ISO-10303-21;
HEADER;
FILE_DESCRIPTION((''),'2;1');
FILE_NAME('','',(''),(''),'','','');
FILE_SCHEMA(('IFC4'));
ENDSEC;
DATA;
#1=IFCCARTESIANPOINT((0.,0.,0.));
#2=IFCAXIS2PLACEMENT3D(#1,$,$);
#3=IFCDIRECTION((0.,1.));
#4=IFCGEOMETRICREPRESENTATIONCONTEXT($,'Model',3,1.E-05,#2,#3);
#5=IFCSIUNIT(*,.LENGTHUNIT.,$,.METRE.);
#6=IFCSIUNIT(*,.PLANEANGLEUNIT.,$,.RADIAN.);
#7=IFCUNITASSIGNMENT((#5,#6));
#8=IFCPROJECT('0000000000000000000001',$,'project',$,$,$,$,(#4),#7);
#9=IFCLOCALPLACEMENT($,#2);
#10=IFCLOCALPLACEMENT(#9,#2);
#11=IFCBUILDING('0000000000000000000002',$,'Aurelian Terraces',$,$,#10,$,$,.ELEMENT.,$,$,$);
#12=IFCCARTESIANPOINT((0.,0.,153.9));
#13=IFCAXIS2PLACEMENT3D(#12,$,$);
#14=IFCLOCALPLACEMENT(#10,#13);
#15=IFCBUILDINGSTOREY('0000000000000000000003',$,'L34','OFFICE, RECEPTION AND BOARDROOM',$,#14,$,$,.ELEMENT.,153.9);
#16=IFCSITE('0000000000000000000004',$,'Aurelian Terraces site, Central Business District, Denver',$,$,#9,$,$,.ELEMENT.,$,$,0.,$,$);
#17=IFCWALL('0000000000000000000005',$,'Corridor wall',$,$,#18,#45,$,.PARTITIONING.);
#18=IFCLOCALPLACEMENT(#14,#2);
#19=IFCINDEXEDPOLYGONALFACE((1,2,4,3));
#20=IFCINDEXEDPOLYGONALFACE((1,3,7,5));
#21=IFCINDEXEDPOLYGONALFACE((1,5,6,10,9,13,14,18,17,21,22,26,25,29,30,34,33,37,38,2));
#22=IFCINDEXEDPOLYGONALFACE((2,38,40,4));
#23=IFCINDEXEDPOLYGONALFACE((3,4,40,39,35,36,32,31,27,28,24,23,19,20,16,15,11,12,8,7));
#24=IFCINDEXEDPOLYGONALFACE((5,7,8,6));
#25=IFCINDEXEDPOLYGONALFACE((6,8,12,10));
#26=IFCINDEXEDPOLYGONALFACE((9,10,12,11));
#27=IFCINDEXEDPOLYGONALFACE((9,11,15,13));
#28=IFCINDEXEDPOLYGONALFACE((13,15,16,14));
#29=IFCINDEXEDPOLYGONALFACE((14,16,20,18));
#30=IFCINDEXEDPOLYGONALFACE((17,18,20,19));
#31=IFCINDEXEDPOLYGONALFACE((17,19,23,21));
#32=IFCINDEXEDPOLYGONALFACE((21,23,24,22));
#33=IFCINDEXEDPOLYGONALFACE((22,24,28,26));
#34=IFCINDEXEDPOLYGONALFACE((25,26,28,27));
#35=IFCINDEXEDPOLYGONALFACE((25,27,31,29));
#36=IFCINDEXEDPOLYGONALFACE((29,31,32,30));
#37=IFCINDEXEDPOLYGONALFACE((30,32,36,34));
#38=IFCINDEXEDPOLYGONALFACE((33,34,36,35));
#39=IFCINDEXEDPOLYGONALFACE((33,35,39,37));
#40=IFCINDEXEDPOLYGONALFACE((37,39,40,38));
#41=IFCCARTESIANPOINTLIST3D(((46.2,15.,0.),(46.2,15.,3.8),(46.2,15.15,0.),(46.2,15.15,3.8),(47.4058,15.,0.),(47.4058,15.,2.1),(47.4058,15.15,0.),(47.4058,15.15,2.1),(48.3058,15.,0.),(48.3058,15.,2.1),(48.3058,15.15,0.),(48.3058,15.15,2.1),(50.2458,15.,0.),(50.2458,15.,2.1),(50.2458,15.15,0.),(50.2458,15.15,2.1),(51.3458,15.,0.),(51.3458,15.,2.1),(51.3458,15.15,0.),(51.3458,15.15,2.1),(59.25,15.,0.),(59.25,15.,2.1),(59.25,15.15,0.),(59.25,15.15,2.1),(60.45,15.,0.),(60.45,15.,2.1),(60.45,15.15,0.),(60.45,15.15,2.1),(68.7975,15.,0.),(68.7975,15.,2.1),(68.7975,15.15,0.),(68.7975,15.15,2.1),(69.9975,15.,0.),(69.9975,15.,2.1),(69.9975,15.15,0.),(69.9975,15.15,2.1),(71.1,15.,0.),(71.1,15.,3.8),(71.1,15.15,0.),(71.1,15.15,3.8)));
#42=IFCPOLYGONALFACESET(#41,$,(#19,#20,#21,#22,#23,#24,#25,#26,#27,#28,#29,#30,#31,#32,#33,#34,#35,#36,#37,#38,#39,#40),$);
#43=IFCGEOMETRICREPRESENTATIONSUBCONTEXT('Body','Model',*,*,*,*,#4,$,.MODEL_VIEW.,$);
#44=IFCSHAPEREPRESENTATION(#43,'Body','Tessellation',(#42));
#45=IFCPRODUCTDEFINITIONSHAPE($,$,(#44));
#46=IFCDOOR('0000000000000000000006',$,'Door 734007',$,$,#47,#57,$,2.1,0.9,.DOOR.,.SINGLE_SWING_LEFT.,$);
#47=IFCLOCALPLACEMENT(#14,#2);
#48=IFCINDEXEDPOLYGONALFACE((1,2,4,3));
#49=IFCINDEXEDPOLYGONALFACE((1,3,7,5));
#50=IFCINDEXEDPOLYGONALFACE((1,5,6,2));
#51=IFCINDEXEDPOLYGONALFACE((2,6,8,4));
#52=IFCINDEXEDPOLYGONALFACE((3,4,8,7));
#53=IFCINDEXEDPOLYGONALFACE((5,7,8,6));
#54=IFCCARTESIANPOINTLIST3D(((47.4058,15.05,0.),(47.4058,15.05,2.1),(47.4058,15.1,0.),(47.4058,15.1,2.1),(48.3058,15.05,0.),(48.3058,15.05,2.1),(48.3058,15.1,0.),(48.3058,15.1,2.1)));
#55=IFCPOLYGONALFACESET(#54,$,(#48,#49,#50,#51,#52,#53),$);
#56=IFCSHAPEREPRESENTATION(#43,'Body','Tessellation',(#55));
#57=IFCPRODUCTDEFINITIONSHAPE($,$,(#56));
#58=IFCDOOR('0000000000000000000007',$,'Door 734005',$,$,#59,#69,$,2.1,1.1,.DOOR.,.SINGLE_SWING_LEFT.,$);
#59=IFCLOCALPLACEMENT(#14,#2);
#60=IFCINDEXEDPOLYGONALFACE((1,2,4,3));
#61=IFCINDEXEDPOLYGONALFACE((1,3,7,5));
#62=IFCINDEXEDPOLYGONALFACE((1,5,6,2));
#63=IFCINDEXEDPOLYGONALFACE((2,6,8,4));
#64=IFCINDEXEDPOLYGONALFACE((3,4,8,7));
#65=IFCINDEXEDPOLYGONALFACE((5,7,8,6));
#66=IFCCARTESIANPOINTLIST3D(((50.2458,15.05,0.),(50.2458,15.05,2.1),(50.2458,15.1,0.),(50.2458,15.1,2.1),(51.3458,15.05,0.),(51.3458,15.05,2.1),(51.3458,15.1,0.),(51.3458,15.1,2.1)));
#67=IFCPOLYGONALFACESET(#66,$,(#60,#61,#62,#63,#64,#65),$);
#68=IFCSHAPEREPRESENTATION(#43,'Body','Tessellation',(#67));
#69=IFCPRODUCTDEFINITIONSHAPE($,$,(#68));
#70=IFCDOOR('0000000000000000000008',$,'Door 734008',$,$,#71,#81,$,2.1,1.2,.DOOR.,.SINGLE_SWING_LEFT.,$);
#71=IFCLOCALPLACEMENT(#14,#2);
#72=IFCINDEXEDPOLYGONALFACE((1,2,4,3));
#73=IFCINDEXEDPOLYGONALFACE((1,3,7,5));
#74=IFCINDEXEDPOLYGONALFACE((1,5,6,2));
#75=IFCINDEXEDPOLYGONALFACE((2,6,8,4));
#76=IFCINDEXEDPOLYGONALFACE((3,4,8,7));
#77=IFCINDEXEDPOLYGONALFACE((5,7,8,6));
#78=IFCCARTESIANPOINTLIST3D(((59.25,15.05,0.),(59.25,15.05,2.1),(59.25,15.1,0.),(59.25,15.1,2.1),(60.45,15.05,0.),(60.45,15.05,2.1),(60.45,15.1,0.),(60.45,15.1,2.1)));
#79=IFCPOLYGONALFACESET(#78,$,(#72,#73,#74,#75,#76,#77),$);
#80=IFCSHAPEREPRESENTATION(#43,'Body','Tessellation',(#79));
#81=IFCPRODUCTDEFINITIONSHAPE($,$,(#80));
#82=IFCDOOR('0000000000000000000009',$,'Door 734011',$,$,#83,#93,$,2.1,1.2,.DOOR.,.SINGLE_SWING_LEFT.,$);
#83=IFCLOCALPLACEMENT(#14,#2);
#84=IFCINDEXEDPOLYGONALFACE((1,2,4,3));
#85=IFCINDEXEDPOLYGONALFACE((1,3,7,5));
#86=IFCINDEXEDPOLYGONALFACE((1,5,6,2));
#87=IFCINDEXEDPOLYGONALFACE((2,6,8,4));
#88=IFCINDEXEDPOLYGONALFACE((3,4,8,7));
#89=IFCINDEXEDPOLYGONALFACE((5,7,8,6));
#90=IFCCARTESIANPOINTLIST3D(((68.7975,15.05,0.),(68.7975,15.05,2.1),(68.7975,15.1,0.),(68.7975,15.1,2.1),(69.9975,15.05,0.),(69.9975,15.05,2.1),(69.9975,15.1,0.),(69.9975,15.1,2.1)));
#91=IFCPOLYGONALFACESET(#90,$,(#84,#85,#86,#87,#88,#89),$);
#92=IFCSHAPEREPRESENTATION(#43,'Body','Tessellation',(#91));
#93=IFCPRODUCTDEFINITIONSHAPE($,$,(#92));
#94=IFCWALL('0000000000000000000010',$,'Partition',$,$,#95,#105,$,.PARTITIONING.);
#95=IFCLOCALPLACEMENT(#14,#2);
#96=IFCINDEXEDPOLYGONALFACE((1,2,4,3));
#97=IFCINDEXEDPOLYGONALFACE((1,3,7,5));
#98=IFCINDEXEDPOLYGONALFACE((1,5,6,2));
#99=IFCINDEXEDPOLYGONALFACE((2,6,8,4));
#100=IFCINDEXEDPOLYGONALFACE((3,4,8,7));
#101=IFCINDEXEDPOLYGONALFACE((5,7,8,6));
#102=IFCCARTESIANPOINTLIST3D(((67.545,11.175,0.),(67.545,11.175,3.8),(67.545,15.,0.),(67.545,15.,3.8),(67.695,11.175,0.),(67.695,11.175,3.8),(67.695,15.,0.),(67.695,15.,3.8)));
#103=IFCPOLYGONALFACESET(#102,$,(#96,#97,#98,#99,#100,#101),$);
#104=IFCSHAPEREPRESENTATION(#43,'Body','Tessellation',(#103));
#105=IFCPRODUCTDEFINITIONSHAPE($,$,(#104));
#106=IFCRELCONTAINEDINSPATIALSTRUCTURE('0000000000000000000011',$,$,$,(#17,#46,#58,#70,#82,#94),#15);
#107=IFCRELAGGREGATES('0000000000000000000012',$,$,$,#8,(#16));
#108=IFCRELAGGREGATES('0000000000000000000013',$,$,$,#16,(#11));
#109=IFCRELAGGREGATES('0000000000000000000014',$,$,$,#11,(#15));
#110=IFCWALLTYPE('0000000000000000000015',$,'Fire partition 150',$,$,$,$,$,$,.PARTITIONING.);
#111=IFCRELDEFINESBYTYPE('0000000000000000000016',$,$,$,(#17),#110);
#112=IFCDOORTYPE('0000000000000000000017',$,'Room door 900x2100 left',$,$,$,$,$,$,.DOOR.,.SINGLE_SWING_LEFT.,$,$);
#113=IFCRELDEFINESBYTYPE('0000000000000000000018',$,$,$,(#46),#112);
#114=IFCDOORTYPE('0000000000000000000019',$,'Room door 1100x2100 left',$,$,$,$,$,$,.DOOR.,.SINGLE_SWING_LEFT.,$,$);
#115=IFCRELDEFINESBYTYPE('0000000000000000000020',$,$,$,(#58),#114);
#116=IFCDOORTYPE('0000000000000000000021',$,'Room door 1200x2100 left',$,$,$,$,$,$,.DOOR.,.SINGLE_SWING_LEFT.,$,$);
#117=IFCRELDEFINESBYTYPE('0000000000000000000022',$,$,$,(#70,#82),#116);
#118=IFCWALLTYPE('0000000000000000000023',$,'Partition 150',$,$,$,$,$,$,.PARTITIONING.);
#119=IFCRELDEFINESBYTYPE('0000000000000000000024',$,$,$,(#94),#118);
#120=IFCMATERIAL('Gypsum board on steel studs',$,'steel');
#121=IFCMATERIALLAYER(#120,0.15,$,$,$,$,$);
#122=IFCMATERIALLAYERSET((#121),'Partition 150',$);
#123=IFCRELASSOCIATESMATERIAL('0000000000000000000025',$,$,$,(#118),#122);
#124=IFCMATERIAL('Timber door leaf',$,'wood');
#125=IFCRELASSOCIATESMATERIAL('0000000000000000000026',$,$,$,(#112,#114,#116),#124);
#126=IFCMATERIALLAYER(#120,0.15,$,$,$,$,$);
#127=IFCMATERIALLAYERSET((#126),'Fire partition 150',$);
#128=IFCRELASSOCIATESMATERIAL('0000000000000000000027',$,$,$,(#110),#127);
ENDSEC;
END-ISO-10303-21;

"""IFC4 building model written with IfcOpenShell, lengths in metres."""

from ifc_helpers import new_model, si_unit, direction, frame, frame_2d, origin, place, context, subcontext, project, spatial, rectangle, extrude, source, transform, mapped, material, layer, layer_set, type_object, element, fill, save


model = new_model("IFC4")

# Units and contexts
model_context = context("Model", 3, precision=1e-05, world=origin(), true_north=direction((0.0, 1.0)))
body_context = subcontext(model_context, "Body", "Model", "MODEL_VIEW")
ifc_project = project(units=[si_unit("LENGTHUNIT", "METRE"), si_unit("PLANEANGLEUNIT", "RADIAN")], contexts=[model_context])

# Site, building, storey
site_placement = place(None, origin())
site = spatial("IfcSite", under=ifc_project, at=site_placement, Name="Aurelian Terraces site, Central Business District, Denver", CompositionType="ELEMENT", RefElevation=0.0)
building_placement = place(site_placement, origin())
building = spatial("IfcBuilding", under=site, at=building_placement, Name="Aurelian Terraces", CompositionType="ELEMENT")
storey_placement = place(building_placement, frame((0.0, 0.0, 153.9)))
storey = spatial("IfcBuildingStorey", under=building, at=storey_placement, Name="L34", Description="OFFICE, RECEPTION AND BOARDROOM", CompositionType="ELEMENT", Elevation=153.9)

# Shared definitions
ifc_material_1 = material(Name="Gypsum board on steel studs", Category="steel")
ifc_layer_1 = layer(ifc_material_1, 0.15)
ifc_layer_set_1 = layer_set([ifc_layer_1], Name="Partition 150")
wall_type_1 = type_object("IfcWallType", Name="Partition 150", PredefinedType="PARTITIONING", material=ifc_layer_set_1)

# Wall, openings, doors
shared_shape_1 = source(origin(), body_context, "Body", "SweptSolid", [
    extrude(rectangle(XDim=24.9, YDim=0.15, at=frame_2d((12.45, 0.0))), origin(), (0.0, 0.0, 1.0), 3.8),
])
shared_shape_2 = source(origin(), body_context, "Body", "SweptSolid", [
    extrude(rectangle(XDim=1.1, YDim=2.1, at=frame_2d((0.55, 1.05))), frame((0.0, 0.085, 0.0), z_axis=(0.0, -1.0, 0.0), x_axis=(1.0, 0.0, 0.0)), (0.0, 0.0, 1.0), 0.17),
])
shared_shape_3 = source(origin(), body_context, "Body", "SweptSolid", [
    extrude(rectangle(XDim=0.9, YDim=2.1, at=frame_2d((0.45, 1.05))), frame((0.0, 0.085, 0.0), z_axis=(0.0, -1.0, 0.0), x_axis=(1.0, 0.0, 0.0)), (0.0, 0.0, 1.0), 0.17),
])
ifc_material_2 = material(Name="Timber door leaf", Category="wood")
shared_shape_4 = source(origin(), body_context, "Body", "SweptSolid", [
    extrude(rectangle(XDim=0.9, YDim=2.1, at=frame_2d((0.45, 1.05))), frame((0.0, 0.025, 0.0), z_axis=(0.0, -1.0, 0.0), x_axis=(1.0, 0.0, 0.0)), (0.0, 0.0, 1.0), 0.05),
])
door_type_1 = type_object("IfcDoorType", Name="Room door 900x2100 left", OperationType="SINGLE_SWING_LEFT", PredefinedType="DOOR", material=ifc_material_2)
shared_shape_5 = source(origin(), body_context, "Body", "SweptSolid", [
    extrude(rectangle(XDim=1.1, YDim=2.1, at=frame_2d((0.55, 1.05))), frame((0.0, 0.025, 0.0), z_axis=(0.0, -1.0, 0.0), x_axis=(1.0, 0.0, 0.0)), (0.0, 0.0, 1.0), 0.05),
])
ifc_layer_2 = layer(ifc_material_1, 0.15)
ifc_layer_set_2 = layer_set([ifc_layer_2], Name="Fire partition 150")
wall_type_2 = type_object("IfcWallType", Name="Fire partition 150", PredefinedType="PARTITIONING", material=ifc_layer_set_2)
wall_1_placement = place(storey_placement, frame((71.1, 15.075, 0.0), z_axis=(0.0, 0.0, 1.0), x_axis=(-1.0, 0.0, 0.0)))
wall_1 = element("IfcWall", 1, at=wall_1_placement, inside=storey, type_object=wall_type_2, Name="Corridor wall", PredefinedType="PARTITIONING", context=body_context, shape_type="MappedRepresentation", body=[
    mapped(shared_shape_1, transform((0.0, 0.0, 0.0), scale=1.0)),
])
opening_1_placement = place(wall_1_placement, frame((19.7542, 0.0, 0.0)))
opening_1 = element("IfcOpeningElement", 2, at=opening_1_placement, cuts=wall_1, PredefinedType="OPENING", context=body_context, shape_type="MappedRepresentation", body=[
    mapped(shared_shape_2, transform((0.0, 0.0, 0.0), scale=1.0)),
])
opening_2_placement = place(wall_1_placement, frame((22.7942, 0.0, 0.0)))
opening_2 = element("IfcOpeningElement", 3, at=opening_2_placement, cuts=wall_1, PredefinedType="OPENING", context=body_context, shape_type="MappedRepresentation", body=[
    mapped(shared_shape_3, transform((0.0, 0.0, 0.0), scale=1.0)),
])
shared_shape_6 = source(origin(), body_context, "Body", "SweptSolid", [
    extrude(rectangle(XDim=1.2, YDim=2.1, at=frame_2d((0.6, 1.05))), frame((0.0, 0.085, 0.0), z_axis=(0.0, -1.0, 0.0), x_axis=(1.0, 0.0, 0.0)), (0.0, 0.0, 1.0), 0.17),
])
opening_3_placement = place(wall_1_placement, frame((10.65, 0.0, 0.0)))
opening_3 = element("IfcOpeningElement", 4, at=opening_3_placement, cuts=wall_1, PredefinedType="OPENING", context=body_context, shape_type="MappedRepresentation", body=[
    mapped(shared_shape_6, transform((0.0, 0.0, 0.0), scale=1.0)),
])
opening_4_placement = place(wall_1_placement, frame((1.1025, 0.0, 0.0)))
opening_4 = element("IfcOpeningElement", 5, at=opening_4_placement, cuts=wall_1, PredefinedType="OPENING", context=body_context, shape_type="MappedRepresentation", body=[
    mapped(shared_shape_6, transform((0.0, 0.0, 0.0), scale=1.0)),
])
door_1_placement = place(opening_2_placement, origin())
door_1 = element("IfcDoor", 6, at=door_1_placement, inside=storey, type_object=door_type_1, Name="Door 734007", OperationType="SINGLE_SWING_LEFT", OverallHeight=2.1, OverallWidth=0.9, PredefinedType="DOOR", context=body_context, shape_type="MappedRepresentation", body=[
    mapped(shared_shape_4, transform((0.0, 0.0, 0.0), scale=1.0)),
])
fill(opening_2, door_1)
door_type_2 = type_object("IfcDoorType", Name="Room door 1100x2100 left", OperationType="SINGLE_SWING_LEFT", PredefinedType="DOOR", material=ifc_material_2)
door_2_placement = place(opening_1_placement, origin())
door_2 = element("IfcDoor", 7, at=door_2_placement, inside=storey, type_object=door_type_2, Name="Door 734005", OperationType="SINGLE_SWING_LEFT", OverallHeight=2.1, OverallWidth=1.1, PredefinedType="DOOR", context=body_context, shape_type="MappedRepresentation", body=[
    mapped(shared_shape_5, transform((0.0, 0.0, 0.0), scale=1.0)),
])
fill(opening_1, door_2)
door_type_3 = type_object("IfcDoorType", Name="Room door 1200x2100 left", OperationType="SINGLE_SWING_LEFT", PredefinedType="DOOR", material=ifc_material_2)
shared_shape_7 = source(origin(), body_context, "Body", "SweptSolid", [
    extrude(rectangle(XDim=1.2, YDim=2.1, at=frame_2d((0.6, 1.05))), frame((0.0, 0.025, 0.0), z_axis=(0.0, -1.0, 0.0), x_axis=(1.0, 0.0, 0.0)), (0.0, 0.0, 1.0), 0.05),
])
door_3_placement = place(opening_3_placement, origin())
door_3 = element("IfcDoor", 8, at=door_3_placement, inside=storey, type_object=door_type_3, Name="Door 734008", OperationType="SINGLE_SWING_LEFT", OverallHeight=2.1, OverallWidth=1.2, PredefinedType="DOOR", context=body_context, shape_type="MappedRepresentation", body=[
    mapped(shared_shape_7, transform((0.0, 0.0, 0.0), scale=1.0)),
])
fill(opening_3, door_3)
door_4_placement = place(opening_4_placement, origin())
door_4 = element("IfcDoor", 9, at=door_4_placement, inside=storey, type_object=door_type_3, Name="Door 734011", OperationType="SINGLE_SWING_LEFT", OverallHeight=2.1, OverallWidth=1.2, PredefinedType="DOOR", context=body_context, shape_type="MappedRepresentation", body=[
    mapped(shared_shape_7, transform((0.0, 0.0, 0.0), scale=1.0)),
])
fill(opening_4, door_4)

# Wall
shared_shape_8 = source(origin(), body_context, "Body", "SweptSolid", [
    extrude(rectangle(XDim=3.825, YDim=0.15, at=frame_2d((1.9125, 0.0))), origin(), (0.0, 0.0, 1.0), 3.8),
])
wall_2_placement = place(storey_placement, frame((67.62, 11.175, 0.0), z_axis=(0.0, 0.0, 1.0), x_axis=(0.0, 1.0, 0.0)))
element("IfcWall", 10, at=wall_2_placement, inside=storey, type_object=wall_type_1, Name="Partition", PredefinedType="PARTITIONING", context=body_context, shape_type="MappedRepresentation", body=[
    mapped(shared_shape_8, transform((0.0, 0.0, 0.0), scale=1.0)),
])

save(model, "model.ifc")
